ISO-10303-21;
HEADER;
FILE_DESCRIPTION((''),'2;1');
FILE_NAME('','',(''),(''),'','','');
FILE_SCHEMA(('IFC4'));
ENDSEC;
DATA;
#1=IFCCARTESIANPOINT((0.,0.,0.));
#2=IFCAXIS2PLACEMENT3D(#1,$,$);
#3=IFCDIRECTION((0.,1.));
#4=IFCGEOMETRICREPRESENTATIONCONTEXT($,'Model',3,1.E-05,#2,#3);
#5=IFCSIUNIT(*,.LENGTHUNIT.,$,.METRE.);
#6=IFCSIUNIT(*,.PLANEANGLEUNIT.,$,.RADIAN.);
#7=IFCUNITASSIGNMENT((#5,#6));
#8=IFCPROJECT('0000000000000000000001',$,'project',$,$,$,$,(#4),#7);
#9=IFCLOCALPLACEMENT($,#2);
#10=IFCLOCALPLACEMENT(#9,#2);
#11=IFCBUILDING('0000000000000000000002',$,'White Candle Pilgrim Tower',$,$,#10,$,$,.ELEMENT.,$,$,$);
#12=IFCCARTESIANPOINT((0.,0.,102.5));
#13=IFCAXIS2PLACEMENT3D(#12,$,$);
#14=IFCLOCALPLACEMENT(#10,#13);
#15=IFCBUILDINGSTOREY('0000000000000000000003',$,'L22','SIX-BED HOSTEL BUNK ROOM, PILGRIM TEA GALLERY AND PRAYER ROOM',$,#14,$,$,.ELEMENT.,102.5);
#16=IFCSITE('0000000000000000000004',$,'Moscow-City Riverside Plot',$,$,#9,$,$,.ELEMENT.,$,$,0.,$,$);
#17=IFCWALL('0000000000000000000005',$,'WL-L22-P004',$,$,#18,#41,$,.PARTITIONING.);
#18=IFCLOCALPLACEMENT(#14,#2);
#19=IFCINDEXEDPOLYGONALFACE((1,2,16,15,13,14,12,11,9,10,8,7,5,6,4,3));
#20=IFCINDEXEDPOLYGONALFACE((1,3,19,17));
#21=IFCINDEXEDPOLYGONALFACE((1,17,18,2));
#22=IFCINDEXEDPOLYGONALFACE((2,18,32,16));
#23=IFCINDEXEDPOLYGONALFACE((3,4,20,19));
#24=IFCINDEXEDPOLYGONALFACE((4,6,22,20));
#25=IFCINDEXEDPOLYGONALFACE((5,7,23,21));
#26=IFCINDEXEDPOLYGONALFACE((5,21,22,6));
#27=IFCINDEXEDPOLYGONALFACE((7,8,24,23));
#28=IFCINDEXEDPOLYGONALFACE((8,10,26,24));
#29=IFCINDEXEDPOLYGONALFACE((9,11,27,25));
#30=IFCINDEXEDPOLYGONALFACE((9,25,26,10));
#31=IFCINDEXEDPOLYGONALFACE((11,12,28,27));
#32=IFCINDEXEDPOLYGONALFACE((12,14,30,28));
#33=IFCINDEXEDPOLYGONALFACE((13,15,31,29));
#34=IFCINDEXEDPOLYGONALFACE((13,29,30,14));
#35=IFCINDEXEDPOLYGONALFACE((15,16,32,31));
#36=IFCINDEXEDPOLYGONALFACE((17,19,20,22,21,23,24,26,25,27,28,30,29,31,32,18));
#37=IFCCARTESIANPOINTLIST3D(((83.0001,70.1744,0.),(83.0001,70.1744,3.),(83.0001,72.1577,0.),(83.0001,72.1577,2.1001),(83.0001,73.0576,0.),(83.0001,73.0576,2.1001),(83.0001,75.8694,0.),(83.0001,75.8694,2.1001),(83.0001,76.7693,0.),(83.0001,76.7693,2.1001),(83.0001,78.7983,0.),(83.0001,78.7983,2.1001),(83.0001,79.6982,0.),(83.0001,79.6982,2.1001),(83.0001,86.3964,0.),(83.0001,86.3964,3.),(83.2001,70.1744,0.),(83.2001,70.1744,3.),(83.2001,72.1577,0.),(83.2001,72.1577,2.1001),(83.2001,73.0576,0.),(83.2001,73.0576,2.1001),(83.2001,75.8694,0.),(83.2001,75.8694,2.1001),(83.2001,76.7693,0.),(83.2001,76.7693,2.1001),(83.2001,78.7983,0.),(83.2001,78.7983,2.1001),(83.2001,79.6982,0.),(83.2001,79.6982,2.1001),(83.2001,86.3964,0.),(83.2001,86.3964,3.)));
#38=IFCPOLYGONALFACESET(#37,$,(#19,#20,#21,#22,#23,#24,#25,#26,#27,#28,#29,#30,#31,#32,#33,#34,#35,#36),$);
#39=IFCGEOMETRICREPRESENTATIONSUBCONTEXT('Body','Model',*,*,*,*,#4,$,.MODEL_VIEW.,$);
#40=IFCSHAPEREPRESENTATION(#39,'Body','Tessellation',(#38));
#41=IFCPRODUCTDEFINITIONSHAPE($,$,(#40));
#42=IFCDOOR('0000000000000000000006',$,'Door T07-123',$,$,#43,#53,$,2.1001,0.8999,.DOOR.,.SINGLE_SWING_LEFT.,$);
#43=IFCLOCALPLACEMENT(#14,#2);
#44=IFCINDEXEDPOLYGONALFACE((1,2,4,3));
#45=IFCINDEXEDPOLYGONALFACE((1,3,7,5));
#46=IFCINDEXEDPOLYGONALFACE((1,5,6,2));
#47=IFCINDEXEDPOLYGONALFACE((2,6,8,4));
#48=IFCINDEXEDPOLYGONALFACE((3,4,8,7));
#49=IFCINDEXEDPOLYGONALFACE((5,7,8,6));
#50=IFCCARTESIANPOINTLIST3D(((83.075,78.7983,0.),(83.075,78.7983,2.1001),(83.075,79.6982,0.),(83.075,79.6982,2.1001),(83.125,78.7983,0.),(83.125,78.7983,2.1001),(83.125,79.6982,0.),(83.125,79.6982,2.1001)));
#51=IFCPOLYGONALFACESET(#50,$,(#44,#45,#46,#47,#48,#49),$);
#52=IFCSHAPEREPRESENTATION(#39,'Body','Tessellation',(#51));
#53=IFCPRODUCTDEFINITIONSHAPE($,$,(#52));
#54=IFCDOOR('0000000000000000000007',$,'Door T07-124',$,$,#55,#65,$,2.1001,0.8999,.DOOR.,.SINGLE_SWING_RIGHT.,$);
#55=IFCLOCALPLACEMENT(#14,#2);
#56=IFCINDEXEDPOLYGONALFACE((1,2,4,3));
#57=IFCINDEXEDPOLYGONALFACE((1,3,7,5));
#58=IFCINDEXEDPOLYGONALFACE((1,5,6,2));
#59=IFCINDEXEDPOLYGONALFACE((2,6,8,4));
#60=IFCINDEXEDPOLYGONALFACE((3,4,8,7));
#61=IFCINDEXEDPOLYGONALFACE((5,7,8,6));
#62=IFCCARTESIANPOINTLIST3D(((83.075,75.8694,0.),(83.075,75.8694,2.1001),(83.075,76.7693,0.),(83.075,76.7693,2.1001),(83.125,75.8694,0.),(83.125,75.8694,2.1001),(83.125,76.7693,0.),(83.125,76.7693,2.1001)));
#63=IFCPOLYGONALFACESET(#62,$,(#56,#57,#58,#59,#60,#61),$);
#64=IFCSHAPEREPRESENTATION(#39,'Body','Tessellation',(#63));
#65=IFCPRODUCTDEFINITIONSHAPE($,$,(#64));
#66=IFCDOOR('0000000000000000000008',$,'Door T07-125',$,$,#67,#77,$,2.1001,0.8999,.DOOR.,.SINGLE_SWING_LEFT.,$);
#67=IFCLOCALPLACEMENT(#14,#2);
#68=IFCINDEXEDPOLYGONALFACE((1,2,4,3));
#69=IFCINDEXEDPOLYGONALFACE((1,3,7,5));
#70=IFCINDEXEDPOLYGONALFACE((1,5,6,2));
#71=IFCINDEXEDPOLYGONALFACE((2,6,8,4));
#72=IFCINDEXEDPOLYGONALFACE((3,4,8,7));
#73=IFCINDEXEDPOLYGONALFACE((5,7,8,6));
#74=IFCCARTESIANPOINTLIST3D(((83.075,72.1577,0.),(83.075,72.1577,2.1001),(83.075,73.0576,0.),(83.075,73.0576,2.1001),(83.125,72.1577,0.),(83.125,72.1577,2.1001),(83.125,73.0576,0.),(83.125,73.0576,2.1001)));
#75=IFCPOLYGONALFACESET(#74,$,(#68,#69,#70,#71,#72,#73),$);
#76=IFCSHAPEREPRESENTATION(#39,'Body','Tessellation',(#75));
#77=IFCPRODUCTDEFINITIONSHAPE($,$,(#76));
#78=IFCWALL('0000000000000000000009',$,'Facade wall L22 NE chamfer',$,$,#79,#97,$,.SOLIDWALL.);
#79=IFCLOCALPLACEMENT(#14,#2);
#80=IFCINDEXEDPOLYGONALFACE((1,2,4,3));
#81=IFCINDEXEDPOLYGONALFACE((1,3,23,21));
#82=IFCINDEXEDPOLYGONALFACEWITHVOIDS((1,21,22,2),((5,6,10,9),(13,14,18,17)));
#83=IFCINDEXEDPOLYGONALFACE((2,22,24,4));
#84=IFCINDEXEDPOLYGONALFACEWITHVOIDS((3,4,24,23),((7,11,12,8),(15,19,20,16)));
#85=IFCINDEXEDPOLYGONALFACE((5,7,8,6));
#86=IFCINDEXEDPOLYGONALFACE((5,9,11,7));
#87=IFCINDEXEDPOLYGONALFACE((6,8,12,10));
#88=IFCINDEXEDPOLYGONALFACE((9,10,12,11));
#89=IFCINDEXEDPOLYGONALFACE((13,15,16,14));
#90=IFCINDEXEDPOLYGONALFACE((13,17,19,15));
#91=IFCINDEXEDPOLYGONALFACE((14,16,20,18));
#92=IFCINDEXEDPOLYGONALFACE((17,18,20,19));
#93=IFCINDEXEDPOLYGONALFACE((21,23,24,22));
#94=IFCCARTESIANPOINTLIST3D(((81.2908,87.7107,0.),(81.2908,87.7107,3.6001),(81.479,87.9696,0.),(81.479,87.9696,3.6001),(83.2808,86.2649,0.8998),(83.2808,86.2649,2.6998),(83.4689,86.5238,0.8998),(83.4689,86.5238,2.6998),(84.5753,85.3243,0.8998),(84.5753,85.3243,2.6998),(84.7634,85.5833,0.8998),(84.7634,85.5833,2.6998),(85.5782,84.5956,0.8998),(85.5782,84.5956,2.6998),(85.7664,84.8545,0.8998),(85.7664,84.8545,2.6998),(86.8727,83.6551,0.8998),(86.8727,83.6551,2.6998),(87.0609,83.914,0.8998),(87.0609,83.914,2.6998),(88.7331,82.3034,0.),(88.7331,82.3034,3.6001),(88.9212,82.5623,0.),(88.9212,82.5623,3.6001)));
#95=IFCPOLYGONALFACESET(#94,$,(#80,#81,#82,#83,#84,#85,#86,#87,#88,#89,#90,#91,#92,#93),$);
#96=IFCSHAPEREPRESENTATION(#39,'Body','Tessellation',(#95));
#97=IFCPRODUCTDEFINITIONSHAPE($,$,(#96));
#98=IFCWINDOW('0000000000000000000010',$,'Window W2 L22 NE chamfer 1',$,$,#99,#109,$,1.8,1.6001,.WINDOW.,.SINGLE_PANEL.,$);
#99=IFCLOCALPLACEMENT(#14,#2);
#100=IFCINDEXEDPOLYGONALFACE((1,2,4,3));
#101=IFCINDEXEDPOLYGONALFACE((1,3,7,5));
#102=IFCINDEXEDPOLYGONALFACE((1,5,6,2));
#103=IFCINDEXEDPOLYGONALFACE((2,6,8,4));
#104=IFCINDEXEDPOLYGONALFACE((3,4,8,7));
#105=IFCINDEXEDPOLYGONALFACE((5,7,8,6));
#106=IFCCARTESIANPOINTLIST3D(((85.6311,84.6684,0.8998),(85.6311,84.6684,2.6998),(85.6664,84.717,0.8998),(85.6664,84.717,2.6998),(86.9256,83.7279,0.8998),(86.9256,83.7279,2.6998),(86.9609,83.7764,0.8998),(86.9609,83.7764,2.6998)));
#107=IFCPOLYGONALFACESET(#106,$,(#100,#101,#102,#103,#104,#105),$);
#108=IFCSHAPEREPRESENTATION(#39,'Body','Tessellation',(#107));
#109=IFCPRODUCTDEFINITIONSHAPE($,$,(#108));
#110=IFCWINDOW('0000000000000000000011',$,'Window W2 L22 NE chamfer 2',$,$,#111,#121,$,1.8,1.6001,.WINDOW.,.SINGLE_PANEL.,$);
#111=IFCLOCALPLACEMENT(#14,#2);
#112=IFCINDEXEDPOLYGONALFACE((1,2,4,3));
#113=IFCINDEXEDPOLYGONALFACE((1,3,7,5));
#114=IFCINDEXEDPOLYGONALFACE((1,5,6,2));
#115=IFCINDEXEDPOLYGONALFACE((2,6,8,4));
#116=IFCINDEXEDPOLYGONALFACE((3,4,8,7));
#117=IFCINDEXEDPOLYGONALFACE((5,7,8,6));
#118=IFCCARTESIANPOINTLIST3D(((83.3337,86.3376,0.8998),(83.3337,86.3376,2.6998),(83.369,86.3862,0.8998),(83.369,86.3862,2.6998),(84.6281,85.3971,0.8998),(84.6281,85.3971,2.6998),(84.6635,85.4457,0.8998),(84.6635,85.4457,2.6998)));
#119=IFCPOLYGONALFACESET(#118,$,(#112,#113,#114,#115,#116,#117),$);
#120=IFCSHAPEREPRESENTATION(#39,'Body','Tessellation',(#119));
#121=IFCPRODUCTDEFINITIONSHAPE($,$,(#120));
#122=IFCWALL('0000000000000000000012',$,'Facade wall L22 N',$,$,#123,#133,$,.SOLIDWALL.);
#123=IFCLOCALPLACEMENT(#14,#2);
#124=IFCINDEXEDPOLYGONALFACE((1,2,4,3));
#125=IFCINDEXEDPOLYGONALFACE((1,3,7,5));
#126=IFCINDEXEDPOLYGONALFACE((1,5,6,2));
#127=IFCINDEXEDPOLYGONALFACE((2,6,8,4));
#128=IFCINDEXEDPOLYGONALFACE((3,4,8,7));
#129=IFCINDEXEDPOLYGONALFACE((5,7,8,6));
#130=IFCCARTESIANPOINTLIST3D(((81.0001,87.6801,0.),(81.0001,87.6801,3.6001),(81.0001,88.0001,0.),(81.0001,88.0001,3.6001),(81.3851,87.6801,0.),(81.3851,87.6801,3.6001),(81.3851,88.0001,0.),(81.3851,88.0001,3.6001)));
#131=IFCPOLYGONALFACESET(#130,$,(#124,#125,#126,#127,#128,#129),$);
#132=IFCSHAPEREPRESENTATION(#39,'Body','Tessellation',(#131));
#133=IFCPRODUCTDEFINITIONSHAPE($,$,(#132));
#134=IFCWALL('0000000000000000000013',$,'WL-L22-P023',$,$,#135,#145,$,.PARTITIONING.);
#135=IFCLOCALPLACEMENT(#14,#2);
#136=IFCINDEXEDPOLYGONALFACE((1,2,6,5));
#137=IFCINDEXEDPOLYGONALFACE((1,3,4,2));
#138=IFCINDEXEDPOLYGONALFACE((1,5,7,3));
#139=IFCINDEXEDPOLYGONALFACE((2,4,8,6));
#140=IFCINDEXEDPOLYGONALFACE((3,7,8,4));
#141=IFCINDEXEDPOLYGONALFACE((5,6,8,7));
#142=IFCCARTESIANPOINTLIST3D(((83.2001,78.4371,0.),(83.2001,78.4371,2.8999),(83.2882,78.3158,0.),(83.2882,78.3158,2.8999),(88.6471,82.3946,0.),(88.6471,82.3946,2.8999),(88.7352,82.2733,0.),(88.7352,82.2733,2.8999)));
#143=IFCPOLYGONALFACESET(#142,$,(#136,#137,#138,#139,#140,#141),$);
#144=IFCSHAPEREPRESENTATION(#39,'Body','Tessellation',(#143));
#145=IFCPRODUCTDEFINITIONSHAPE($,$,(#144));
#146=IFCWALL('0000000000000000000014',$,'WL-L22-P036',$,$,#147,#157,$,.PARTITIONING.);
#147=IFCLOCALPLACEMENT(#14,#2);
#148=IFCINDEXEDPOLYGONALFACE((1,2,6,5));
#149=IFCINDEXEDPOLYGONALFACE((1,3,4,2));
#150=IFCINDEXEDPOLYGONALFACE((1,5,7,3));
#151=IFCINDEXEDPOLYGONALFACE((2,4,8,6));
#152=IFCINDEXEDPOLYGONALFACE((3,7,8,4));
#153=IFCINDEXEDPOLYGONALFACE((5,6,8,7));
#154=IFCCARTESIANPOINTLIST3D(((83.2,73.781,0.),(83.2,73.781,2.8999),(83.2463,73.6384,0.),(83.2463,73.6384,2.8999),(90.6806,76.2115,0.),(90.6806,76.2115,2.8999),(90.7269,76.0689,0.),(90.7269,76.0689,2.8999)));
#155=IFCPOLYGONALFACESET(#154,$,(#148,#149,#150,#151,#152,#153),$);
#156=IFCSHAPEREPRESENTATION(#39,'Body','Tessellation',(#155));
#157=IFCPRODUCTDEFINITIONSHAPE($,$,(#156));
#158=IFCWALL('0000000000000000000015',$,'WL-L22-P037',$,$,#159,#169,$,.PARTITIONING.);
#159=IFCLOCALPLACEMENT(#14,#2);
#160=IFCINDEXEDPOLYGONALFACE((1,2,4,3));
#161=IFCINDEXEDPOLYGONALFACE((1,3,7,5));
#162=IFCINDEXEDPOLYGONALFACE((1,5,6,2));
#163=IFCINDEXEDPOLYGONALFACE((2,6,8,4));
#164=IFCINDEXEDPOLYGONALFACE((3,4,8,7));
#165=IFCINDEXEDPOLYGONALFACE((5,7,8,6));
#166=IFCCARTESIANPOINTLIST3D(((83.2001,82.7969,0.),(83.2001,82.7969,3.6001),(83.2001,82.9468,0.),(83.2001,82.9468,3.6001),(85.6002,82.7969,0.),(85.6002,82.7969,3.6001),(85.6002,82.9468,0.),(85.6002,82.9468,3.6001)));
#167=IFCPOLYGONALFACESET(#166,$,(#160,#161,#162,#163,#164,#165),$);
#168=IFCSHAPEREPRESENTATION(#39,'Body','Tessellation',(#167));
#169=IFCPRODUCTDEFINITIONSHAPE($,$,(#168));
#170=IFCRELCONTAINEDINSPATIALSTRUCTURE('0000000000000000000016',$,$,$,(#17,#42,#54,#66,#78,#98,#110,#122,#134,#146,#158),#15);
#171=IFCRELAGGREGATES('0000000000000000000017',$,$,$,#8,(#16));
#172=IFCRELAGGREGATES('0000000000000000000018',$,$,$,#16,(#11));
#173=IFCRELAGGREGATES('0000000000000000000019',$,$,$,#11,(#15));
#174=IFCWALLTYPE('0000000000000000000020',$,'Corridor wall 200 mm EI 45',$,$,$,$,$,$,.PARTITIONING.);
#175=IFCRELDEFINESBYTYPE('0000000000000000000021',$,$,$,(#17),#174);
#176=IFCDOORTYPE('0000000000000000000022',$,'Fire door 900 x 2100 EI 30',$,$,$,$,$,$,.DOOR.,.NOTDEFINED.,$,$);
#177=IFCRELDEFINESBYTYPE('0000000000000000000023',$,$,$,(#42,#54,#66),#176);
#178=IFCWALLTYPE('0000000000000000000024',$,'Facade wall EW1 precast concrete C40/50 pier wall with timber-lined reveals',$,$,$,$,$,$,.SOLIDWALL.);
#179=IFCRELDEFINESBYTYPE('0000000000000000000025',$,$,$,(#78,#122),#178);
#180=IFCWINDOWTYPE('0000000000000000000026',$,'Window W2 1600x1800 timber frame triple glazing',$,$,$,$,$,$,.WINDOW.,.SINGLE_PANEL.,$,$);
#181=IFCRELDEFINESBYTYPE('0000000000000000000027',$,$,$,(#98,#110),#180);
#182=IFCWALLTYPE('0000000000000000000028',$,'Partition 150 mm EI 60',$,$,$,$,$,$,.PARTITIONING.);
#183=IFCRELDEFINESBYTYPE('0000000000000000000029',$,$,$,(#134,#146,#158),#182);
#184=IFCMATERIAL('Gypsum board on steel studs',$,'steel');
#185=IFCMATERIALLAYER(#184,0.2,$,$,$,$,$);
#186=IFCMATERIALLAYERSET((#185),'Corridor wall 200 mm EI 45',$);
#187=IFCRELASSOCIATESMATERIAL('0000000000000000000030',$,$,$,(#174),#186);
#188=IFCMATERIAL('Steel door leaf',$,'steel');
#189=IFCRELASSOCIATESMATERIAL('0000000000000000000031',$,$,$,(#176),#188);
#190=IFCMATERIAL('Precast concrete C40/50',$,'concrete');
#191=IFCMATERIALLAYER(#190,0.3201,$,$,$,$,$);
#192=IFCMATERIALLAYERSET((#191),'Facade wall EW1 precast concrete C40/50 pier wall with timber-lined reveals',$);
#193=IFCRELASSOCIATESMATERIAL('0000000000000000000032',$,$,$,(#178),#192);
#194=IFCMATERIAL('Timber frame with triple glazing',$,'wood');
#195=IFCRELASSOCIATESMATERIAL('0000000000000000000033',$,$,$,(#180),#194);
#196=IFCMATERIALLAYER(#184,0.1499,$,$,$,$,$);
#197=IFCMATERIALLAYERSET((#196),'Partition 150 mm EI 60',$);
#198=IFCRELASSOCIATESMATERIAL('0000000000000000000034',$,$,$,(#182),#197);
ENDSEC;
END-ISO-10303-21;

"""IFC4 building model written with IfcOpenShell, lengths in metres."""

from ifc_helpers import new_model, si_unit, direction, frame, frame_2d, origin, place, context, subcontext, project, spatial, rectangle, extrude, material, layer, layer_set, type_object, element, fill, save


model = new_model("IFC4")

# Units and contexts
model_context = context("Model", 3, precision=1e-05, world=origin(), true_north=direction((0.0, 1.0)))
body_context = subcontext(model_context, "Body", "Model", "MODEL_VIEW")
ifc_project = project(units=[si_unit("LENGTHUNIT", "METRE"), si_unit("PLANEANGLEUNIT", "RADIAN")], contexts=[model_context])

# Site, building, storey
site_placement = place(None, origin())
site = spatial("IfcSite", under=ifc_project, at=site_placement, Name="Moscow-City Riverside Plot", CompositionType="ELEMENT", RefElevation=0.0)
building_placement = place(site_placement, origin())
building = spatial("IfcBuilding", under=site, at=building_placement, Name="White Candle Pilgrim Tower", CompositionType="ELEMENT")
storey_placement = place(building_placement, frame((0.0, 0.0, 102.5)))
storey = spatial("IfcBuildingStorey", under=building, at=storey_placement, Name="L22", Description="SIX-BED HOSTEL BUNK ROOM, PILGRIM TEA GALLERY AND PRAYER ROOM", CompositionType="ELEMENT", Elevation=102.5)

# Shared definitions
ifc_material_1 = material(Name="Steel door leaf", Category="steel")

# Wall, openings, doors
ifc_material_2 = material(Name="Gypsum board on steel studs", Category="steel")
ifc_layer_1 = layer(ifc_material_2, 0.2)
ifc_layer_set_1 = layer_set([ifc_layer_1], Name="Corridor wall 200 mm EI 45")
wall_type_1 = type_object("IfcWallType", Name="Corridor wall 200 mm EI 45", PredefinedType="PARTITIONING", material=ifc_layer_set_1)
wall_1_placement = place(storey_placement, frame((83.1001, 86.3962, 0.0), z_axis=(0.0, 0.0, 1.0), x_axis=(0.0, -1.0, 0.0)))
wall_1 = element("IfcWall", 1, at=wall_1_placement, inside=storey, type_object=wall_type_1, Name="WL-L22-P004", PredefinedType="PARTITIONING", context=body_context, shape_type="SweptSolid", body=[
    extrude(rectangle(XDim=16.2219, YDim=0.2, at=frame_2d((8.1108, 0.0))), origin(), (0.0, 0.0, 1.0), 3.0),
])
opening_1_placement = place(wall_1_placement, frame((6.698, 0.0, 0.0)))
opening_1 = element("IfcOpeningElement", 2, at=opening_1_placement, cuts=wall_1, PredefinedType="OPENING", context=body_context, shape_type="SweptSolid", body=[
    extrude(rectangle(XDim=0.8999, YDim=2.1001, at=frame_2d((0.45, 1.05))), frame((0.0, 0.1099, 0.0), z_axis=(0.0, -1.0, 0.0), x_axis=(1.0, 0.0, 0.0)), (0.0, 0.0, 1.0), 0.22),
])
opening_2_placement = place(wall_1_placement, frame((9.627, 0.0, 0.0)))
opening_2 = element("IfcOpeningElement", 3, at=opening_2_placement, cuts=wall_1, PredefinedType="OPENING", context=body_context, shape_type="SweptSolid", body=[
    extrude(rectangle(XDim=0.8999, YDim=2.1001, at=frame_2d((0.45, 1.05))), frame((0.0, 0.1099, 0.0), z_axis=(0.0, -1.0, 0.0), x_axis=(1.0, 0.0, 0.0)), (0.0, 0.0, 1.0), 0.22),
])
opening_3_placement = place(wall_1_placement, frame((13.3386, 0.0, 0.0)))
opening_3 = element("IfcOpeningElement", 4, at=opening_3_placement, cuts=wall_1, PredefinedType="OPENING", context=body_context, shape_type="SweptSolid", body=[
    extrude(rectangle(XDim=0.8999, YDim=2.1001, at=frame_2d((0.45, 1.05))), frame((0.0, 0.1099, 0.0), z_axis=(0.0, -1.0, 0.0), x_axis=(1.0, 0.0, 0.0)), (0.0, 0.0, 1.0), 0.22),
])
door_type_1 = type_object("IfcDoorType", Name="Fire door 900 x 2100 EI 30", OperationType="NOTDEFINED", PredefinedType="DOOR", material=ifc_material_1)
door_1_placement = place(opening_1_placement, origin())
door_1 = element("IfcDoor", 5, at=door_1_placement, inside=storey, type_object=door_type_1, Name="Door T07-123", OperationType="SINGLE_SWING_LEFT", OverallHeight=2.1001, OverallWidth=0.8999, PredefinedType="DOOR", context=body_context, shape_type="SweptSolid", body=[
    extrude(rectangle(XDim=0.8999, YDim=2.1001, at=frame_2d((0.45, 1.05))), frame((0.0, 0.0249, 0.0), z_axis=(0.0, -1.0, 0.0), x_axis=(1.0, 0.0, 0.0)), (0.0, 0.0, 1.0), 0.05),
])
fill(opening_1, door_1)
door_2_placement = place(opening_2_placement, origin())
door_2 = element("IfcDoor", 6, at=door_2_placement, inside=storey, type_object=door_type_1, Name="Door T07-124", OperationType="SINGLE_SWING_RIGHT", OverallHeight=2.1001, OverallWidth=0.8999, PredefinedType="DOOR", context=body_context, shape_type="SweptSolid", body=[
    extrude(rectangle(XDim=0.8999, YDim=2.1001, at=frame_2d((0.45, 1.05))), frame((0.0, 0.0249, 0.0), z_axis=(0.0, -1.0, 0.0), x_axis=(1.0, 0.0, 0.0)), (0.0, 0.0, 1.0), 0.05),
])
fill(opening_2, door_2)
door_3_placement = place(opening_3_placement, origin())
door_3 = element("IfcDoor", 7, at=door_3_placement, inside=storey, type_object=door_type_1, Name="Door T07-125", OperationType="SINGLE_SWING_LEFT", OverallHeight=2.1001, OverallWidth=0.8999, PredefinedType="DOOR", context=body_context, shape_type="SweptSolid", body=[
    extrude(rectangle(XDim=0.8999, YDim=2.1001, at=frame_2d((0.45, 1.05))), frame((0.0, 0.0249, 0.0), z_axis=(0.0, -1.0, 0.0), x_axis=(1.0, 0.0, 0.0)), (0.0, 0.0, 1.0), 0.05),
])
fill(opening_3, door_3)

# Wall, openings, windows
ifc_material_3 = material(Name="Precast concrete C40/50", Category="concrete")
ifc_layer_2 = layer(ifc_material_3, 0.3201)
ifc_layer_set_2 = layer_set([ifc_layer_2], Name="Facade wall EW1 precast concrete C40/50 pier wall with timber-lined reveals")
wall_type_2 = type_object("IfcWallType", Name="Facade wall EW1 precast concrete C40/50 pier wall with timber-lined reveals", PredefinedType="SOLIDWALL", material=ifc_layer_set_2)
wall_2_placement = place(storey_placement, frame((88.8271, 82.4329, 0.0), z_axis=(0.0, 0.0, 1.0), x_axis=(-0.809007, 0.587799, 0.0)))
wall_2 = element("IfcWall", 8, at=wall_2_placement, inside=storey, type_object=wall_type_2, Name="Facade wall L22 NE chamfer", PredefinedType="SOLIDWALL", context=body_context, shape_type="SweptSolid", body=[
    extrude(rectangle(XDim=9.1992, YDim=0.3201, at=frame_2d((4.5996, 0.0))), origin(), (0.0, 0.0, 1.0), 3.6001),
])
opening_4_placement = place(wall_2_placement, frame((2.2996, 0.0, 0.8999)))
opening_4 = element("IfcOpeningElement", 9, at=opening_4_placement, cuts=wall_2, PredefinedType="OPENING", context=body_context, shape_type="SweptSolid", body=[
    extrude(rectangle(XDim=1.6001, YDim=1.8, at=frame_2d((0.8, 0.8999))), frame((0.0, 0.1699, 0.0), z_axis=(0.0, -1.0, 0.0), x_axis=(1.0, 0.0, 0.0)), (0.0, 0.0, 1.0), 0.3401),
])
opening_5_placement = place(wall_2_placement, frame((5.1394, 0.0, 0.8999)))
opening_5 = element("IfcOpeningElement", 10, at=opening_5_placement, cuts=wall_2, PredefinedType="OPENING", context=body_context, shape_type="SweptSolid", body=[
    extrude(rectangle(XDim=1.6001, YDim=1.8, at=frame_2d((0.8, 0.8999))), frame((0.0, 0.1699, 0.0), z_axis=(0.0, -1.0, 0.0), x_axis=(1.0, 0.0, 0.0)), (0.0, 0.0, 1.0), 0.3401),
])
ifc_material_4 = material(Name="Timber frame with triple glazing", Category="wood")
window_type = type_object("IfcWindowType", Name="Window W2 1600x1800 timber frame triple glazing", PartitioningType="SINGLE_PANEL", PredefinedType="WINDOW", material=ifc_material_4)
window_1_placement = place(opening_4_placement, origin())
window_1 = element("IfcWindow", 11, at=window_1_placement, inside=storey, type_object=window_type, Name="Window W2 L22 NE chamfer 1", OverallHeight=1.8, OverallWidth=1.6001, PartitioningType="SINGLE_PANEL", PredefinedType="WINDOW", context=body_context, shape_type="SweptSolid", body=[
    extrude(rectangle(XDim=1.6001, YDim=1.8, at=frame_2d((0.8, 0.8999))), frame((0.0, 0.0701, 0.0), z_axis=(0.0, -1.0, 0.0), x_axis=(1.0, 0.0, 0.0)), (0.0, 0.0, 1.0), 0.0601),
])
fill(opening_4, window_1)
window_2_placement = place(opening_5_placement, origin())
window_2 = element("IfcWindow", 12, at=window_2_placement, inside=storey, type_object=window_type, Name="Window W2 L22 NE chamfer 2", OverallHeight=1.8, OverallWidth=1.6001, PartitioningType="SINGLE_PANEL", PredefinedType="WINDOW", context=body_context, shape_type="SweptSolid", body=[
    extrude(rectangle(XDim=1.6001, YDim=1.8, at=frame_2d((0.8, 0.8999))), frame((0.0, 0.0701, 0.0), z_axis=(0.0, -1.0, 0.0), x_axis=(1.0, 0.0, 0.0)), (0.0, 0.0, 1.0), 0.0601),
])
fill(opening_5, window_2)

# Walls
wall_3_placement = place(storey_placement, frame((81.385, 87.8401, 0.0), z_axis=(0.0, 0.0, 1.0), x_axis=(-1.0, 0.0, 0.0)))
element("IfcWall", 13, at=wall_3_placement, inside=storey, type_object=wall_type_2, Name="Facade wall L22 N", PredefinedType="SOLIDWALL", context=body_context, shape_type="SweptSolid", body=[
    extrude(rectangle(XDim=0.385, YDim=0.3201, at=frame_2d((0.1924, 0.0))), origin(), (0.0, 0.0, 1.0), 3.6001),
])
ifc_layer_3 = layer(ifc_material_2, 0.1499)
ifc_layer_set_3 = layer_set([ifc_layer_3], Name="Partition 150 mm EI 60")
wall_type_3 = type_object("IfcWallType", Name="Partition 150 mm EI 60", PredefinedType="PARTITIONING", material=ifc_layer_set_3)
wall_4_placement = place(storey_placement, frame((88.6912, 82.334, 0.0), z_axis=(0.0, 0.0, 1.0), x_axis=(-0.809015, -0.587788, 0.0)))
element("IfcWall", 14, at=wall_4_placement, inside=storey, type_object=wall_type_3, Name="WL-L22-P023", PredefinedType="PARTITIONING", context=body_context, shape_type="SweptSolid", body=[
    extrude(rectangle(XDim=6.7329, YDim=0.1499, at=frame_2d((3.3665, 0.0))), origin(), (0.0, 0.0, 1.0), 2.8999),
])
wall_5_placement = place(storey_placement, frame((90.7036, 76.1401, 0.0), z_axis=(0.0, 0.0, 1.0), x_axis=(-0.951061, -0.309002, 0.0)))
element("IfcWall", 15, at=wall_5_placement, inside=storey, type_object=wall_type_3, Name="WL-L22-P036", PredefinedType="PARTITIONING", context=body_context, shape_type="SweptSolid", body=[
    extrude(rectangle(XDim=7.8655, YDim=0.1499, at=frame_2d((3.9326, 0.0))), origin(), (0.0, 0.0, 1.0), 2.8999),
])
wall_6_placement = place(storey_placement, frame((83.2, 82.8718, 0.0), z_axis=(0.0, 0.0, 1.0), x_axis=(1.0, 0.0, 0.0)))
element("IfcWall", 16, at=wall_6_placement, inside=storey, type_object=wall_type_3, Name="WL-L22-P037", PredefinedType="PARTITIONING", context=body_context, shape_type="SweptSolid", body=[
    extrude(rectangle(XDim=2.4001, YDim=0.1499, at=frame_2d((1.2002, 0.0))), origin(), (0.0, 0.0, 1.0), 3.6001),
])

save(model, "model.ifc")
